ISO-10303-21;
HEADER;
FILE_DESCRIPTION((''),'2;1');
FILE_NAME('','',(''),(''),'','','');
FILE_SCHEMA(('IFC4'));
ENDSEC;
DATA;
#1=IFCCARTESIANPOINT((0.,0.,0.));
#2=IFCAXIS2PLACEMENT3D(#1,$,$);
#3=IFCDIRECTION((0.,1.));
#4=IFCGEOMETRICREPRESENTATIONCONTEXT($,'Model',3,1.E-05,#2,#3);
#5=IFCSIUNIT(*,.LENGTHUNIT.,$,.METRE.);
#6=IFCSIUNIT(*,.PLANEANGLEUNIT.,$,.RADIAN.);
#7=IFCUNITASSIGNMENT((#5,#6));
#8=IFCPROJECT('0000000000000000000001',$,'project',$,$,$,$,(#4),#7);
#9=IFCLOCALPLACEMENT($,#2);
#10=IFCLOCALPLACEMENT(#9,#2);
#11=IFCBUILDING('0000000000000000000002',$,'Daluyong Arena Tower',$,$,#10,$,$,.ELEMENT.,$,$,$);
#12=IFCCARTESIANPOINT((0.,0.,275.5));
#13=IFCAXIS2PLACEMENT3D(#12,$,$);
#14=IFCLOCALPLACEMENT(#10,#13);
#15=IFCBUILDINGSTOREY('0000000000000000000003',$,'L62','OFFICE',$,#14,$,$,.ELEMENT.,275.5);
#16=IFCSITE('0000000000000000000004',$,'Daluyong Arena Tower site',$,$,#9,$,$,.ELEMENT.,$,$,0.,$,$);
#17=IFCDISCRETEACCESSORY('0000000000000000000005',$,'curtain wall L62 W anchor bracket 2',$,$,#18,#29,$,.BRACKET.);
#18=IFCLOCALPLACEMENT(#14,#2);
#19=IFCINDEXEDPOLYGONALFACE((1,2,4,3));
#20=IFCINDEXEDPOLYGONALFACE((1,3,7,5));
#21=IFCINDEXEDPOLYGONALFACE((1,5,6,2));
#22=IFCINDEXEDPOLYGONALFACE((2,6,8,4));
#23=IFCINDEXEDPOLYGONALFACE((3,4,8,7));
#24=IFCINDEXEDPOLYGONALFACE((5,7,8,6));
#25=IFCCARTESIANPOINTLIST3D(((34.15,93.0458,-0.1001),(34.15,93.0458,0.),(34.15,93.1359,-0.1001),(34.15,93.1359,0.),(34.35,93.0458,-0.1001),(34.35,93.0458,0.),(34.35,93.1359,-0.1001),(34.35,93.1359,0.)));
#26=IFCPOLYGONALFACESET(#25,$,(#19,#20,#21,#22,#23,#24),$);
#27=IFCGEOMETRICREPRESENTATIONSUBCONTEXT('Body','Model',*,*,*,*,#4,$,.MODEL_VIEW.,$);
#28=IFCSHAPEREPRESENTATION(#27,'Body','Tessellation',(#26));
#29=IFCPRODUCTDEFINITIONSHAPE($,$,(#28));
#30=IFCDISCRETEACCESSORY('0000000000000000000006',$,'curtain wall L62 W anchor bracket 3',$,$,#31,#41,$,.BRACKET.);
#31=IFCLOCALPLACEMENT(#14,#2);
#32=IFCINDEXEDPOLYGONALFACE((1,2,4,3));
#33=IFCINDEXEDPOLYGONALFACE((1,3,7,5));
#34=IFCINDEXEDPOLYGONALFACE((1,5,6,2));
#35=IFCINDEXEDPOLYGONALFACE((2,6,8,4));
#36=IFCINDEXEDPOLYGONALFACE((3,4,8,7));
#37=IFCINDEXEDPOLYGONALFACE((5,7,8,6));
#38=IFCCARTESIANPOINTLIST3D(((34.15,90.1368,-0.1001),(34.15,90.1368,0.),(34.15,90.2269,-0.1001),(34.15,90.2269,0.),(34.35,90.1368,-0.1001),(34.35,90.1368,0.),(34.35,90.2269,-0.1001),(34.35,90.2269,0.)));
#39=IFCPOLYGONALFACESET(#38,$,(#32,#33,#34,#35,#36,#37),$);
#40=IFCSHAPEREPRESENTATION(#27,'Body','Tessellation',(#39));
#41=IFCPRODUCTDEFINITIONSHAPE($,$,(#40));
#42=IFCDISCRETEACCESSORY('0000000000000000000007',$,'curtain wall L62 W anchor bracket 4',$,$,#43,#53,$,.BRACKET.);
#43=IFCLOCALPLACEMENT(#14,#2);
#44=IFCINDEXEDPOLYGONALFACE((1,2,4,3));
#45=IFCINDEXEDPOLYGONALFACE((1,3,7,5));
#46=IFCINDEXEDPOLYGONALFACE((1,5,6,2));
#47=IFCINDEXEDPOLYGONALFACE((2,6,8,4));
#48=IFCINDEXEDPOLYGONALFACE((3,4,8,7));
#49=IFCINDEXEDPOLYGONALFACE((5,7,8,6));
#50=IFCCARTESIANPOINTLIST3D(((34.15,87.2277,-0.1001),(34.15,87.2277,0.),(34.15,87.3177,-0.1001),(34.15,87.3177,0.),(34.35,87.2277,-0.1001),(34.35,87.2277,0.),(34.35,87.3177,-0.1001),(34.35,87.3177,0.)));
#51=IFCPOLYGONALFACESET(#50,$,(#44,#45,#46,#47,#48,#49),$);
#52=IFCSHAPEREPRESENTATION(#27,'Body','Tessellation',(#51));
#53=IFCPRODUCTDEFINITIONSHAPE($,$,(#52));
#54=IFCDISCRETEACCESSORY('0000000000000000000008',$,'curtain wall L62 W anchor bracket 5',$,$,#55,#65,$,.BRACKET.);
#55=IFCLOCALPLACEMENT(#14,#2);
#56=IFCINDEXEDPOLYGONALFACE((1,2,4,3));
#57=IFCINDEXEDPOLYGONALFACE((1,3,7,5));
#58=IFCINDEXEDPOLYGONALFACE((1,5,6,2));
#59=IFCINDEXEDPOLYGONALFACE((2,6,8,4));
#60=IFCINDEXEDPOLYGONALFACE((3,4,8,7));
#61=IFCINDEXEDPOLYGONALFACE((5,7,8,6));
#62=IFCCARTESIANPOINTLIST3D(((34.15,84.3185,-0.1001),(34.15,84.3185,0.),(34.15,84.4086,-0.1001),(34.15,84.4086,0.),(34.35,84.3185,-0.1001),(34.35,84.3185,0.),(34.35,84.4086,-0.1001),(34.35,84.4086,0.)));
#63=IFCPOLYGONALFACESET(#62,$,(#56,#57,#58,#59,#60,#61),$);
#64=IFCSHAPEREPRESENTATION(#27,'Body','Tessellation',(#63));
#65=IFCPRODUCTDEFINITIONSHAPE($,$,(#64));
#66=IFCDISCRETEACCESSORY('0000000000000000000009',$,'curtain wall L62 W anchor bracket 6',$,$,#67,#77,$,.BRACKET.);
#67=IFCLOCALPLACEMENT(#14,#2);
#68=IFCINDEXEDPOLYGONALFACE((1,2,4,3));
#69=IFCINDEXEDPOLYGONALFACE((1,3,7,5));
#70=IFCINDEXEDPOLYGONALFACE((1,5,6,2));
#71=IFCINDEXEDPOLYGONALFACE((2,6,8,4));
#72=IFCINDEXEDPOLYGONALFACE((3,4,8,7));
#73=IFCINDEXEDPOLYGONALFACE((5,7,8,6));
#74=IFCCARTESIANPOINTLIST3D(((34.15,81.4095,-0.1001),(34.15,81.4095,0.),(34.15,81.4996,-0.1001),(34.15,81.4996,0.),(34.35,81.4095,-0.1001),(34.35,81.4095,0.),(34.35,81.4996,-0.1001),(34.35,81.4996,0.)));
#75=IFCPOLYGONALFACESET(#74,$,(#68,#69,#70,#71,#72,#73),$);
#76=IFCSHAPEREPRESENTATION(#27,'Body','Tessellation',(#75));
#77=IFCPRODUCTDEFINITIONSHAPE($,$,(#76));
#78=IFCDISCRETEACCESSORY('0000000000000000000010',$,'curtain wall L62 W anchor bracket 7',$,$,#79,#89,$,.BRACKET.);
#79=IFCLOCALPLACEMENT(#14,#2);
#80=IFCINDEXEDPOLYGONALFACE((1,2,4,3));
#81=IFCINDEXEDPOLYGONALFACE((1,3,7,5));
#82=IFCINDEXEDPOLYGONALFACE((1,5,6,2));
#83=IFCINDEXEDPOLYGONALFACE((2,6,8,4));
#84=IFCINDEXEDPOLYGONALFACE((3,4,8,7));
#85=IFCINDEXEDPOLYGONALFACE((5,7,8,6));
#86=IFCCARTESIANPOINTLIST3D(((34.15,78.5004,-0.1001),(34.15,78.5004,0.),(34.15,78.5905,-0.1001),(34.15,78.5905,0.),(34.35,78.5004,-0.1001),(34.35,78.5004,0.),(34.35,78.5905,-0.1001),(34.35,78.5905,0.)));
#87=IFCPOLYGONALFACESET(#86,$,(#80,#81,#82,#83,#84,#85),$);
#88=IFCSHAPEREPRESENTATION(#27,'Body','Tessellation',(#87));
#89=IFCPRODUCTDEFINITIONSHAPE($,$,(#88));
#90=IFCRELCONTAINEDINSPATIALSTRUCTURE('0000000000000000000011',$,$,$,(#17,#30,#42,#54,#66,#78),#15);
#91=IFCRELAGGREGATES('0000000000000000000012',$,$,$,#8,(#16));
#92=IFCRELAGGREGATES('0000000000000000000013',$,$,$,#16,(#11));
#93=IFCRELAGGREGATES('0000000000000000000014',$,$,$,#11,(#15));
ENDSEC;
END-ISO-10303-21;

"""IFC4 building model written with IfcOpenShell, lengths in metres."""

from ifc_helpers import new_model, si_unit, direction, frame, origin, origin_2d, place, context, subcontext, project, spatial, rectangle, extrude, element, save


model = new_model("IFC4")

# Units and contexts
model_context = context("Model", 3, precision=1e-05, world=origin(), true_north=direction((0.0, 1.0)))
body_context = subcontext(model_context, "Body", "Model", "MODEL_VIEW")
ifc_project = project(units=[si_unit("LENGTHUNIT", "METRE"), si_unit("PLANEANGLEUNIT", "RADIAN")], contexts=[model_context])

# Site, building, storey
site_placement = place(None, origin())
site = spatial("IfcSite", under=ifc_project, at=site_placement, Name="Daluyong Arena Tower site", CompositionType="ELEMENT", RefElevation=0.0)
building_placement = place(site_placement, origin())
building = spatial("IfcBuilding", under=site, at=building_placement, Name="Daluyong Arena Tower", CompositionType="ELEMENT")
storey_placement = place(building_placement, frame((0.0, 0.0, 275.5)))
storey = spatial("IfcBuildingStorey", under=building, at=storey_placement, Name="L62", Description="OFFICE", CompositionType="ELEMENT", Elevation=275.5)

# Discrete accessories
for number, where, z_axis, x_axis, name in (
    (1, (34.25, 93.0908, -0.1001), (0.0, 0.0, 1.0), (0.0, -1.0, 0.0), "curtain wall L62 W anchor bracket 2"),
    (2, (34.25, 90.1819, -0.1001), (0.0, 0.0, 1.0), (0.0, -1.0, 0.0), "curtain wall L62 W anchor bracket 3"),
    (3, (34.25, 87.2727, -0.1001), (0.0, 0.0, 1.0), (0.0, -1.0, 0.0), "curtain wall L62 W anchor bracket 4"),
    (4, (34.25, 84.3635, -0.1001), (0.0, 0.0, 1.0), (0.0, -1.0, 0.0), "curtain wall L62 W anchor bracket 5"),
    (5, (34.25, 81.4546, -0.1001), (0.0, 0.0, 1.0), (0.0, -1.0, 0.0), "curtain wall L62 W anchor bracket 6"),
    (6, (34.25, 78.5454, -0.1001), (0.0, 0.0, 1.0), (0.0, -1.0, 0.0), "curtain wall L62 W anchor bracket 7"),
):
    element("IfcDiscreteAccessory", number, at=place(storey_placement, frame(where, z_axis=z_axis, x_axis=x_axis)), inside=storey, Name=name, PredefinedType="BRACKET", context=body_context, shape_type="SweptSolid", body=[
        extrude(rectangle(XDim=0.0901, YDim=0.2, at=origin_2d()), origin(), (0.0, 0.0, 1.0), 0.1001),
    ])

save(model, "model.ifc")
